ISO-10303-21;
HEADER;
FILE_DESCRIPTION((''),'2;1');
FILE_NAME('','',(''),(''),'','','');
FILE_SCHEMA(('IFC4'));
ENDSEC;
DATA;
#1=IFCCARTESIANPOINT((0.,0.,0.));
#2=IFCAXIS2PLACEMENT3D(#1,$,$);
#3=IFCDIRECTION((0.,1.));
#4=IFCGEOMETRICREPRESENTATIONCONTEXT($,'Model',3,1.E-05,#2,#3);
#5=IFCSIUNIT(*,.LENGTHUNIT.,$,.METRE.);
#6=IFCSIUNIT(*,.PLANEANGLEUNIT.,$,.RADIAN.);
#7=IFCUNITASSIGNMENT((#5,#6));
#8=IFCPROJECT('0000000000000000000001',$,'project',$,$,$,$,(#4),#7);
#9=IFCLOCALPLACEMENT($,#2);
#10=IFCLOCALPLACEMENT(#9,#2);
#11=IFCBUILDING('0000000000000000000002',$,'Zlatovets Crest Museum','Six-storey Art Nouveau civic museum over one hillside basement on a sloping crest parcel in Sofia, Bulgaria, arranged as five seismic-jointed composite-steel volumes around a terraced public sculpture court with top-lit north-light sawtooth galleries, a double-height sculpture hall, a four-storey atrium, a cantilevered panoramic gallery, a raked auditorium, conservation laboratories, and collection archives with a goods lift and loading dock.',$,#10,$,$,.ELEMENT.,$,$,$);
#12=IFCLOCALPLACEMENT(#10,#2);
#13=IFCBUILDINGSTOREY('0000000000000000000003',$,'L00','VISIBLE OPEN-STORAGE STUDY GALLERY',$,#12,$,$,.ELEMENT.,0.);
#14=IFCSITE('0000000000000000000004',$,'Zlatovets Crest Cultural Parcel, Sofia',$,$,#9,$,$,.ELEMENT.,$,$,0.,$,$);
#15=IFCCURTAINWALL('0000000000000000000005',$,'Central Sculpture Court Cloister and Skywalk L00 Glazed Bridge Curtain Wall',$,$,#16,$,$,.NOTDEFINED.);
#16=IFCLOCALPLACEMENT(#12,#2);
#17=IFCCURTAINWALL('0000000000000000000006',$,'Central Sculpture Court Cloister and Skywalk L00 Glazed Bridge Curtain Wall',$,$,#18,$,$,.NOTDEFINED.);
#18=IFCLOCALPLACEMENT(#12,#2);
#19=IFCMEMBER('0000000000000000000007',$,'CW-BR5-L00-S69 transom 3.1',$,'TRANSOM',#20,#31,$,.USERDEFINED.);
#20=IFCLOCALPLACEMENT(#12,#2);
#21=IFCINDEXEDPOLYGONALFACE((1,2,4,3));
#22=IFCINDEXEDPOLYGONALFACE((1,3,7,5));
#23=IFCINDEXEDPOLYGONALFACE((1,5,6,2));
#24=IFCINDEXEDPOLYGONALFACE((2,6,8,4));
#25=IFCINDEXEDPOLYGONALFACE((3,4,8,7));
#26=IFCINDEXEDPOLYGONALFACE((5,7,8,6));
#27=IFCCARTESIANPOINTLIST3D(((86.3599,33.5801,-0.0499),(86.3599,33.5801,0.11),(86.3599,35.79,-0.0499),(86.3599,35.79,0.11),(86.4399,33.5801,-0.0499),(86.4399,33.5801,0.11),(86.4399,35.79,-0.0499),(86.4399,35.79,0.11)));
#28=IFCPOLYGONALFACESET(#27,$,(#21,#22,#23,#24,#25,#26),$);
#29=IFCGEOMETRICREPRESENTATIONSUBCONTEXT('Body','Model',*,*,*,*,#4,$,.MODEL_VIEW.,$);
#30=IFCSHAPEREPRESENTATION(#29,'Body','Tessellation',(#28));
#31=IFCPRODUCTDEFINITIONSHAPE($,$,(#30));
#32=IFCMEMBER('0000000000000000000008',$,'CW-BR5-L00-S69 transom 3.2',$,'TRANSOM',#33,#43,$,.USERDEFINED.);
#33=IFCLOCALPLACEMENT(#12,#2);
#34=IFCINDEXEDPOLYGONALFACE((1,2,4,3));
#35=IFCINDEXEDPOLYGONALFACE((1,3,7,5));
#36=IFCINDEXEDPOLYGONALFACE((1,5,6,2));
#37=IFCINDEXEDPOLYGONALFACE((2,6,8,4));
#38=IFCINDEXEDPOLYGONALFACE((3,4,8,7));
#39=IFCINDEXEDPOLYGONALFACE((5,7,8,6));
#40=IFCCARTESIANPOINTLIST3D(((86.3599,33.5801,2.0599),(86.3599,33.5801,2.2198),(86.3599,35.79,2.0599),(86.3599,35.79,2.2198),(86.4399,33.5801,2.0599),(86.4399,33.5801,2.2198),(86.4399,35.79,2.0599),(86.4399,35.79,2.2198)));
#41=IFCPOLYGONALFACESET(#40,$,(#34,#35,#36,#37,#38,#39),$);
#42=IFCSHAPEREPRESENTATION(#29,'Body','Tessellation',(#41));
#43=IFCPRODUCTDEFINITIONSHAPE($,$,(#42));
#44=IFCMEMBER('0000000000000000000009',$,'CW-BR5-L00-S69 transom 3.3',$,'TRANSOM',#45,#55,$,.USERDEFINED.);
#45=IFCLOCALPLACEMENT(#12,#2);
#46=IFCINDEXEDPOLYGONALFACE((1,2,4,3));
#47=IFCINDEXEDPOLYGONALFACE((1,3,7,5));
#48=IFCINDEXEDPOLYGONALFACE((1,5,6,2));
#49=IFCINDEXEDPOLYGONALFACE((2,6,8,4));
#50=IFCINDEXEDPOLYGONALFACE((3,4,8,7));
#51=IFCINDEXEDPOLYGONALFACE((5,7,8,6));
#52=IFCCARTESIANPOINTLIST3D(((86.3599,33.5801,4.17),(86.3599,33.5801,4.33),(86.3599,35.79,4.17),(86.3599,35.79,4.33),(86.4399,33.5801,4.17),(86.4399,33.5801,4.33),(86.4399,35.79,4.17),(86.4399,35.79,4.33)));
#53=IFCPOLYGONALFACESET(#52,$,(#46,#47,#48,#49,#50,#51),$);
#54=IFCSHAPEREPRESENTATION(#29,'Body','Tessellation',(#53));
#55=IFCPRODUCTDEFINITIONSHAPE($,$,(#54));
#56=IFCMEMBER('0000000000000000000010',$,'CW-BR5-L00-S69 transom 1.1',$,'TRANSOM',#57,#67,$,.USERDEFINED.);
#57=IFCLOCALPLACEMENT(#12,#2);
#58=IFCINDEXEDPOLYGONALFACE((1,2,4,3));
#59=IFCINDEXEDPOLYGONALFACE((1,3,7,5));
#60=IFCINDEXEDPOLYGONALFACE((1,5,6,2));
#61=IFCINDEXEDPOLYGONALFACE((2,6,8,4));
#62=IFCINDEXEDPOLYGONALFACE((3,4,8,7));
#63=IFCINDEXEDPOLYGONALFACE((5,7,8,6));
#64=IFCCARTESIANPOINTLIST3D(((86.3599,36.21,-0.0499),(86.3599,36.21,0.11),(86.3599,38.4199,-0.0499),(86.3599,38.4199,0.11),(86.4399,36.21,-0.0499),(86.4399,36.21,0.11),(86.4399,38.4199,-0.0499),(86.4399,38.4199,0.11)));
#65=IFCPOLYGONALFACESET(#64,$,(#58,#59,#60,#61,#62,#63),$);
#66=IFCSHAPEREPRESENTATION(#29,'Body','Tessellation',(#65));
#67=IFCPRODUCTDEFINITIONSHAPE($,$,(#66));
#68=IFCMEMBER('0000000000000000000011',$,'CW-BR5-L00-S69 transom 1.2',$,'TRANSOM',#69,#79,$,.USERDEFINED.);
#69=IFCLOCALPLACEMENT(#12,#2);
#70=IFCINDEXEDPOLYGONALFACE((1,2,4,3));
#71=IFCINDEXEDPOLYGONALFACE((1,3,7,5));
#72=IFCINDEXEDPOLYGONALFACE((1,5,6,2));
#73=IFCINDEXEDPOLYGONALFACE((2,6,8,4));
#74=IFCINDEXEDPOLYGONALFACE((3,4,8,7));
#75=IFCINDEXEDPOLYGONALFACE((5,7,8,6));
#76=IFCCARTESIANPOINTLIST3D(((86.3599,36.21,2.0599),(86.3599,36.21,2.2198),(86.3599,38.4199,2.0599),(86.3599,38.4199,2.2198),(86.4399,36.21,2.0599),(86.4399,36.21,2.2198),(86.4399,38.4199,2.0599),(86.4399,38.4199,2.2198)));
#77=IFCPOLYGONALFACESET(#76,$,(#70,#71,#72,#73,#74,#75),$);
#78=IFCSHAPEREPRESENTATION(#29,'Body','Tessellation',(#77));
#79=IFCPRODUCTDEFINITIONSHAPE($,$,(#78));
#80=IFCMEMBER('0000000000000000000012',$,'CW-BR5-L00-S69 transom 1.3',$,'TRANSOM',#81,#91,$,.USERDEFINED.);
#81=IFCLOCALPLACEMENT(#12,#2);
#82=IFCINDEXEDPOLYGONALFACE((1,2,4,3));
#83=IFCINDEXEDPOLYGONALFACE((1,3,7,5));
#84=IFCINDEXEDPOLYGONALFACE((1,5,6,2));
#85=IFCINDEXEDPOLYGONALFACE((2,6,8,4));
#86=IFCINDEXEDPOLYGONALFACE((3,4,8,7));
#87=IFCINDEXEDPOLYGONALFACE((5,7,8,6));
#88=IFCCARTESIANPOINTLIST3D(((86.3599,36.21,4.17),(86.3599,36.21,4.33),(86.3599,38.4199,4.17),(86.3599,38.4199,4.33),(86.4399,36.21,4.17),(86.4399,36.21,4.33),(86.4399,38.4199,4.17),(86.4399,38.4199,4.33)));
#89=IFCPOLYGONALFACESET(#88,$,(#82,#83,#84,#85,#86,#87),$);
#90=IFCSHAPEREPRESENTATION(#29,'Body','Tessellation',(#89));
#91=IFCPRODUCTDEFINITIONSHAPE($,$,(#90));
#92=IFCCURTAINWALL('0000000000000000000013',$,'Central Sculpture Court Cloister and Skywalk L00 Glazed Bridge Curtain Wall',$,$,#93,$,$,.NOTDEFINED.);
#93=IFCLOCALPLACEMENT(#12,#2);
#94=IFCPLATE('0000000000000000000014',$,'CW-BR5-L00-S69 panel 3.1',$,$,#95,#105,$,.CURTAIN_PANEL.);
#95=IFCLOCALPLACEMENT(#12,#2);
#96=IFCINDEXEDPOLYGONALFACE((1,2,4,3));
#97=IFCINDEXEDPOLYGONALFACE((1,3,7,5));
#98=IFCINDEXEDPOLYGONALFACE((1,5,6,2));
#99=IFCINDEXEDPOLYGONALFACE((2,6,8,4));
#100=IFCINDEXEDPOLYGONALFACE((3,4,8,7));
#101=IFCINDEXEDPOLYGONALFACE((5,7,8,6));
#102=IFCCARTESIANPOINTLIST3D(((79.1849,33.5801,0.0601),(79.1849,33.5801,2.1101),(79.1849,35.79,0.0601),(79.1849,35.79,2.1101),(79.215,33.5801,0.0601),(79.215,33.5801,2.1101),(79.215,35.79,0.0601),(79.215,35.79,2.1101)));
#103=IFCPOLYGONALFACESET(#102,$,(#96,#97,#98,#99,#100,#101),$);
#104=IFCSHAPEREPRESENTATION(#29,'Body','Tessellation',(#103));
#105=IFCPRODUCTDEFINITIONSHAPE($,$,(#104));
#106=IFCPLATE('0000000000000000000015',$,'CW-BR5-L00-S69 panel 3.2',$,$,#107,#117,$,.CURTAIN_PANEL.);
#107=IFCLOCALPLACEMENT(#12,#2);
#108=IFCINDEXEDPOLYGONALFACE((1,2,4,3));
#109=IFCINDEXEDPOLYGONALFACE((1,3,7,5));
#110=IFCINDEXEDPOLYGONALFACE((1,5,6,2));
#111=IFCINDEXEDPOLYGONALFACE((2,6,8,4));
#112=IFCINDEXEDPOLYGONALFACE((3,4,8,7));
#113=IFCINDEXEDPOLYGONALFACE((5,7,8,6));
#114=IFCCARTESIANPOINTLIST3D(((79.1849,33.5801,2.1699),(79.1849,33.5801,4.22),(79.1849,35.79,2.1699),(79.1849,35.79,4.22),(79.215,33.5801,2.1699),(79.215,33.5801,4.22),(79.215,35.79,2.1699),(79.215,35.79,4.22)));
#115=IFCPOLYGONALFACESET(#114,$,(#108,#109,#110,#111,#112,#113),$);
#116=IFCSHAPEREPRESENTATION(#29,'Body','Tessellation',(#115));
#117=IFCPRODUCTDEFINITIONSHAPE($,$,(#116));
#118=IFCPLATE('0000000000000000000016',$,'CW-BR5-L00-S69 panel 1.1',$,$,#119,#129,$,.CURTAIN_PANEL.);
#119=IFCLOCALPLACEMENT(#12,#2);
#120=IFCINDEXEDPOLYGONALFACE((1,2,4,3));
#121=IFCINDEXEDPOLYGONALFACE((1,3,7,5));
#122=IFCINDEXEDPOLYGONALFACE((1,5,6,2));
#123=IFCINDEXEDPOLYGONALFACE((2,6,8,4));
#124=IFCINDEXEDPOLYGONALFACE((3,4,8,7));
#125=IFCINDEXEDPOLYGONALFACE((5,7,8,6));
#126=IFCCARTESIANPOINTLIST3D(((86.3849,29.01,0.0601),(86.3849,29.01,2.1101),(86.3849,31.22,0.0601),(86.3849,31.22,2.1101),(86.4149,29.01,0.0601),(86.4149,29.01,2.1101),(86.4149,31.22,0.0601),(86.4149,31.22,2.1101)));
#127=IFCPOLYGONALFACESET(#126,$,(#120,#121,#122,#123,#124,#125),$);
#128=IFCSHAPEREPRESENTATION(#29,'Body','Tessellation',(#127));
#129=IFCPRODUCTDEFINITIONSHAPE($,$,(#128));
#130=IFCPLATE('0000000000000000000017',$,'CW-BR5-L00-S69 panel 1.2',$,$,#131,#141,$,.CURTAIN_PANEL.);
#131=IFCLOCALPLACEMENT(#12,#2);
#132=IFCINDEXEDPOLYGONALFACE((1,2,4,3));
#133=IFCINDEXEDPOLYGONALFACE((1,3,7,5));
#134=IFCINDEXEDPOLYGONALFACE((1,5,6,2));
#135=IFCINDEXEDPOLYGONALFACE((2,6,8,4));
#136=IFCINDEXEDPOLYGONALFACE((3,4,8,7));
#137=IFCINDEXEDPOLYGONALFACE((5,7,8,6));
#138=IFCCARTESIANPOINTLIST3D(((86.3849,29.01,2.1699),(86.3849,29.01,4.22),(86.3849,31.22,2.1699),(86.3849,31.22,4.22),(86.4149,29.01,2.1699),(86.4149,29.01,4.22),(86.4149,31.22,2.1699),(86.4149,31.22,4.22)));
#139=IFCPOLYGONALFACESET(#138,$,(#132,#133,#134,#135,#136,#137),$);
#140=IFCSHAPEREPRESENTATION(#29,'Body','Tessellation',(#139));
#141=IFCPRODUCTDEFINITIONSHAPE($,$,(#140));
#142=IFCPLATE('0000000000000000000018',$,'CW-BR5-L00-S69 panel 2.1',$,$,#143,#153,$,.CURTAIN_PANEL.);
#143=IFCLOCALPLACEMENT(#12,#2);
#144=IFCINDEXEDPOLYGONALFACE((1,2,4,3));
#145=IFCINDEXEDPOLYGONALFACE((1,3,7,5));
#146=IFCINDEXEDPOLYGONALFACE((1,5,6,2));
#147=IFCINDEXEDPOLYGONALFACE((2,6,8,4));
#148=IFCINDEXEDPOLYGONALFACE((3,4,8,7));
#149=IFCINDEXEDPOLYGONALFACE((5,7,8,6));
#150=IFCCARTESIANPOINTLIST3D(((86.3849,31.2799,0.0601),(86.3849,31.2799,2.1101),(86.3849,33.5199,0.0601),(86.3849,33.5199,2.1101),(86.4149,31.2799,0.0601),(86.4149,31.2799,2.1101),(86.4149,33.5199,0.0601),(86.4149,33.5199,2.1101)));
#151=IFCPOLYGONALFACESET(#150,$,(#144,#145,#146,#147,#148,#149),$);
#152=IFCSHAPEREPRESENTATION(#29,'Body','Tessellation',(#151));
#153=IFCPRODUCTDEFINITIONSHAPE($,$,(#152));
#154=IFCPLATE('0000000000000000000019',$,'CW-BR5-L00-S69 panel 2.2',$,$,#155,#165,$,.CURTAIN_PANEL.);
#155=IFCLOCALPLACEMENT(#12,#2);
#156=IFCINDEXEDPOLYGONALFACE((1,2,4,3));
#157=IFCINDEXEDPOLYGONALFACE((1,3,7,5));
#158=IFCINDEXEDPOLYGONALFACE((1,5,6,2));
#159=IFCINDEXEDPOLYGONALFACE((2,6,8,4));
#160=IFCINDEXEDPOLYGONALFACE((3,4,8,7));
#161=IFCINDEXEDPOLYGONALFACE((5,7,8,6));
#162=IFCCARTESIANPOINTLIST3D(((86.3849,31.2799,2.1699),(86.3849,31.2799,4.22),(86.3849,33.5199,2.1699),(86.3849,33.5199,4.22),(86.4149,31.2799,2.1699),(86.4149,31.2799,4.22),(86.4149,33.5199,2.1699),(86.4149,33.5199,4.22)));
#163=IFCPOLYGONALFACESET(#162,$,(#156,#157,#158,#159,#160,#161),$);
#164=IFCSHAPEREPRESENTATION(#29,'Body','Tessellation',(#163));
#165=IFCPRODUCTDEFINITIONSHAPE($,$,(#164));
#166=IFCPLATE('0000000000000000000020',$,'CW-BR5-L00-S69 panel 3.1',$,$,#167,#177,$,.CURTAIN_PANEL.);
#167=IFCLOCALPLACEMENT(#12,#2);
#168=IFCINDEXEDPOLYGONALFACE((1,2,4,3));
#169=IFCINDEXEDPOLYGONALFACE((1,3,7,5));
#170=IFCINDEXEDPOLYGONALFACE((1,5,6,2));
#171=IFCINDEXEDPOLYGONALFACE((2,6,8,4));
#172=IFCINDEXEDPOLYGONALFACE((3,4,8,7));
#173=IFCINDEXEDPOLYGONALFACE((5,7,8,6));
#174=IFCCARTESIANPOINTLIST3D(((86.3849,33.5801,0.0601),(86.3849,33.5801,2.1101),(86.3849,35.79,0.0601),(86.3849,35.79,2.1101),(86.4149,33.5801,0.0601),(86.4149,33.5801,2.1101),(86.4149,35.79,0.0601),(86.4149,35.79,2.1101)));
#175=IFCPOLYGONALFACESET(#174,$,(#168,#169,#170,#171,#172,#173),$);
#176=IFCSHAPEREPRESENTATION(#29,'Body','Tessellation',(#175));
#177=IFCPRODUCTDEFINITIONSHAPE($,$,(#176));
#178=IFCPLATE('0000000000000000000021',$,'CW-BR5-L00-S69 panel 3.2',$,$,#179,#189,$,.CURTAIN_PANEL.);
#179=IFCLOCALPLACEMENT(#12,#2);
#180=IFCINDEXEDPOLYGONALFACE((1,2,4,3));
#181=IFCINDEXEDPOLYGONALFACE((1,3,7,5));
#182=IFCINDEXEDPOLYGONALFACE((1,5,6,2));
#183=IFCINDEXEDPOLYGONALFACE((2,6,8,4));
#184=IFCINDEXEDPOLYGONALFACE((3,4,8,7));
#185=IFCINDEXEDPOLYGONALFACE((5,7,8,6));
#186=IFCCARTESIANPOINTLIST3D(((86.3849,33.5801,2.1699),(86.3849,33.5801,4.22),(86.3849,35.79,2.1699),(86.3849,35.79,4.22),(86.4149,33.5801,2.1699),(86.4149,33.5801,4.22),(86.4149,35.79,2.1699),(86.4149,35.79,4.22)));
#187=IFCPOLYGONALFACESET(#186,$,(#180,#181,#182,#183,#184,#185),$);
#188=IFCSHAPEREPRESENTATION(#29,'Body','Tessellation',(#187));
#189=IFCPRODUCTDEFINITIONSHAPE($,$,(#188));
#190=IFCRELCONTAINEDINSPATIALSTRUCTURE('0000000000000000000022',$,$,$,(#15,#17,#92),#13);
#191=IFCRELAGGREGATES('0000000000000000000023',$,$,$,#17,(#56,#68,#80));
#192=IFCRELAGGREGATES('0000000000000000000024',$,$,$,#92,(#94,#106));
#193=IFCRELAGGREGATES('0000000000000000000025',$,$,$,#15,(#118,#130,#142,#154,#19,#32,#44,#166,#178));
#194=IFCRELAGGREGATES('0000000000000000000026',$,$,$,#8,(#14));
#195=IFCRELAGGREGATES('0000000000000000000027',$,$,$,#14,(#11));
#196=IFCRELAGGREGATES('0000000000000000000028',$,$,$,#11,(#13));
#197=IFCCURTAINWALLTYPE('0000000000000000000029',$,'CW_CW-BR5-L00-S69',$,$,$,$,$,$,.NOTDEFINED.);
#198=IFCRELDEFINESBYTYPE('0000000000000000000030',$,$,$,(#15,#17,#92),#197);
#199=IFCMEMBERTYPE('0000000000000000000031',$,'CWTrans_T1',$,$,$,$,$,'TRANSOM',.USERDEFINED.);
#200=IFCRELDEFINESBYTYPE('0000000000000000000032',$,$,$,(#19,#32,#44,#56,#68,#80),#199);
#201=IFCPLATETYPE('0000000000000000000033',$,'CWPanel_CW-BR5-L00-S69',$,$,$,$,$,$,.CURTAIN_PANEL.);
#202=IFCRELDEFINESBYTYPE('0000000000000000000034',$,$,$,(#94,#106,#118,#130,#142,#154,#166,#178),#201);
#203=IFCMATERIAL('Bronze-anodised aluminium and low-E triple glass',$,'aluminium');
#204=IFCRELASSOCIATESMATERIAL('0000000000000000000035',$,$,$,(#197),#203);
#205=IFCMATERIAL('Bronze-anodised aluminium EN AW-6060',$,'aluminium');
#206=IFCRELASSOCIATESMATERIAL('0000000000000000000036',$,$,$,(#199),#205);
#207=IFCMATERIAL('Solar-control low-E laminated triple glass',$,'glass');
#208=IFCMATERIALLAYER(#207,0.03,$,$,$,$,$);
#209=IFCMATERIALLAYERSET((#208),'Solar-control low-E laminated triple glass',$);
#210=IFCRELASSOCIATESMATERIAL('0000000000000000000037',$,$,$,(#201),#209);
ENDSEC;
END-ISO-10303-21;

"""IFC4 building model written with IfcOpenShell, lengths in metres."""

from ifc_helpers import new_model, si_unit, direction, frame, origin, origin_2d, place, context, subcontext, project, spatial, rectangle, extrude, material, layer, layer_set, material_profile, profile_set, type_object, element, aggregate, save


model = new_model("IFC4")

# Units and contexts
model_context = context("Model", 3, precision=1e-05, world=origin(), true_north=direction((0.0, 1.0)))
body_context = subcontext(model_context, "Body", "Model", "MODEL_VIEW")
ifc_project = project(units=[si_unit("LENGTHUNIT", "METRE"), si_unit("PLANEANGLEUNIT", "RADIAN")], contexts=[model_context])

# Site, building, storey
site_placement = place(None, origin())
site = spatial("IfcSite", under=ifc_project, at=site_placement, Name="Zlatovets Crest Cultural Parcel, Sofia", CompositionType="ELEMENT", RefElevation=0.0)
building_placement = place(site_placement, origin())
building = spatial("IfcBuilding", under=site, at=building_placement, Name="Zlatovets Crest Museum", Description="Six-storey Art Nouveau civic museum over one hillside basement on a sloping crest parcel in Sofia, Bulgaria, arranged as five seismic-jointed composite-steel volumes around a terraced public sculpture court with top-lit north-light sawtooth galleries, a double-height sculpture hall, a four-storey atrium, a cantilevered panoramic gallery, a raked auditorium, conservation laboratories, and collection archives with a goods lift and loading dock.", CompositionType="ELEMENT")
storey_placement = place(building_placement, origin())
storey = spatial("IfcBuildingStorey", under=building, at=storey_placement, Name="L00", Description="VISIBLE OPEN-STORAGE STUDY GALLERY", CompositionType="ELEMENT", Elevation=0.0)

# Shared definitions
ifc_material_1 = material(Name="Bronze-anodised aluminium and low-E triple glass", Category="aluminium")
curtain_wall_type = type_object("IfcCurtainWallType", Name="CW_CW-BR5-L00-S69", PredefinedType="NOTDEFINED", material=ifc_material_1)
ifc_material_2 = material(Name="Bronze-anodised aluminium EN AW-6060", Category="aluminium")

# Curtain wall
curtain_wall_1_placement = place(storey_placement, origin())
curtain_wall_1 = element("IfcCurtainWall", 1, at=curtain_wall_1_placement, inside=storey, type_object=curtain_wall_type, Name="Central Sculpture Court Cloister and Skywalk L00 Glazed Bridge Curtain Wall", PredefinedType="NOTDEFINED")

# Curtain wall
curtain_wall_2_placement = place(storey_placement, origin())
curtain_wall_2 = element("IfcCurtainWall", 2, at=curtain_wall_2_placement, inside=storey, type_object=curtain_wall_type, Name="Central Sculpture Court Cloister and Skywalk L00 Glazed Bridge Curtain Wall", PredefinedType="NOTDEFINED")

# Members
ifc_material_profile_1 = material_profile(ifc_material_2, rectangle(XDim=0.0801, YDim=0.1599, at=origin_2d()), Name="ALU 80x160")
ifc_profile_set_1 = profile_set([ifc_material_profile_1], Name="Bronze-anodised aluminium EN AW-6060")
member_type_1 = type_object("IfcMemberType", Name="CWTrans_T1", ElementType="TRANSOM", PredefinedType="USERDEFINED", material=ifc_profile_set_1)
member_1_placement = place(storey_placement, frame((86.3999, 33.5801, 0.03), z_axis=(0.0, 1.0, 0.0), x_axis=(-1.0, 0.0, 0.0)))
member_1 = element("IfcMember", 3, at=member_1_placement, type_object=member_type_1, Name="CW-BR5-L00-S69 transom 3.1", ObjectType="TRANSOM", PredefinedType="USERDEFINED", context=body_context, shape_type="SweptSolid", body=[
    extrude(rectangle(XDim=0.0801, YDim=0.1599, at=origin_2d()), origin(), (0.0, 0.0, 1.0), 2.21),
])
member_2_placement = place(storey_placement, frame((86.3999, 33.5801, 2.1399), z_axis=(0.0, 1.0, 0.0), x_axis=(-1.0, 0.0, 0.0)))
member_2 = element("IfcMember", 4, at=member_2_placement, type_object=member_type_1, Name="CW-BR5-L00-S69 transom 3.2", ObjectType="TRANSOM", PredefinedType="USERDEFINED", context=body_context, shape_type="SweptSolid", body=[
    extrude(rectangle(XDim=0.0801, YDim=0.1599, at=origin_2d()), origin(), (0.0, 0.0, 1.0), 2.21),
])
member_3_placement = place(storey_placement, frame((86.3999, 33.5801, 4.25), z_axis=(0.0, 1.0, 0.0), x_axis=(-1.0, 0.0, 0.0)))
member_3 = element("IfcMember", 5, at=member_3_placement, type_object=member_type_1, Name="CW-BR5-L00-S69 transom 3.3", ObjectType="TRANSOM", PredefinedType="USERDEFINED", context=body_context, shape_type="SweptSolid", body=[
    extrude(rectangle(XDim=0.0801, YDim=0.1599, at=origin_2d()), origin(), (0.0, 0.0, 1.0), 2.21),
])
member_4_placement = place(storey_placement, frame((86.3999, 36.21, 0.03), z_axis=(0.0, 1.0, 0.0), x_axis=(-1.0, 0.0, 0.0)))
member_4 = element("IfcMember", 6, at=member_4_placement, type_object=member_type_1, Name="CW-BR5-L00-S69 transom 1.1", ObjectType="TRANSOM", PredefinedType="USERDEFINED", context=body_context, shape_type="SweptSolid", body=[
    extrude(rectangle(XDim=0.0801, YDim=0.1599, at=origin_2d()), origin(), (0.0, 0.0, 1.0), 2.21),
])
member_5_placement = place(storey_placement, frame((86.3999, 36.21, 2.1399), z_axis=(0.0, 1.0, 0.0), x_axis=(-1.0, 0.0, 0.0)))
member_5 = element("IfcMember", 7, at=member_5_placement, type_object=member_type_1, Name="CW-BR5-L00-S69 transom 1.2", ObjectType="TRANSOM", PredefinedType="USERDEFINED", context=body_context, shape_type="SweptSolid", body=[
    extrude(rectangle(XDim=0.0801, YDim=0.1599, at=origin_2d()), origin(), (0.0, 0.0, 1.0), 2.21),
])
member_6_placement = place(storey_placement, frame((86.3999, 36.21, 4.25), z_axis=(0.0, 1.0, 0.0), x_axis=(-1.0, 0.0, 0.0)))
member_6 = element("IfcMember", 8, at=member_6_placement, type_object=member_type_1, Name="CW-BR5-L00-S69 transom 1.3", ObjectType="TRANSOM", PredefinedType="USERDEFINED", context=body_context, shape_type="SweptSolid", body=[
    extrude(rectangle(XDim=0.0801, YDim=0.1599, at=origin_2d()), origin(), (0.0, 0.0, 1.0), 2.21),
])
aggregate(curtain_wall_2, [member_4, member_5, member_6])

# Curtain wall, plates
curtain_wall_3_placement = place(storey_placement, origin())
curtain_wall_3 = element("IfcCurtainWall", 9, at=curtain_wall_3_placement, inside=storey, type_object=curtain_wall_type, Name="Central Sculpture Court Cloister and Skywalk L00 Glazed Bridge Curtain Wall", PredefinedType="NOTDEFINED")
ifc_material_3 = material(Name="Solar-control low-E laminated triple glass", Category="glass")
ifc_layer_1 = layer(ifc_material_3, 0.03)
ifc_layer_set_1 = layer_set([ifc_layer_1], Name="Solar-control low-E laminated triple glass")
plate_type = type_object("IfcPlateType", Name="CWPanel_CW-BR5-L00-S69", PredefinedType="CURTAIN_PANEL", material=ifc_layer_set_1)
plate_1_placement = place(storey_placement, frame((79.2, 34.6851, 0.0601), z_axis=(0.0, 0.0, 1.0), x_axis=(0.0, 1.0, 0.0)))
plate_1 = element("IfcPlate", 10, at=plate_1_placement, type_object=plate_type, Name="CW-BR5-L00-S69 panel 3.1", PredefinedType="CURTAIN_PANEL", context=body_context, shape_type="SweptSolid", body=[
    extrude(rectangle(XDim=2.21, YDim=0.03, at=origin_2d()), origin(), (0.0, 0.0, 1.0), 2.05),
])
plate_2_placement = place(storey_placement, frame((79.2, 34.6851, 2.1699), z_axis=(0.0, 0.0, 1.0), x_axis=(0.0, 1.0, 0.0)))
plate_2 = element("IfcPlate", 11, at=plate_2_placement, type_object=plate_type, Name="CW-BR5-L00-S69 panel 3.2", PredefinedType="CURTAIN_PANEL", context=body_context, shape_type="SweptSolid", body=[
    extrude(rectangle(XDim=2.21, YDim=0.03, at=origin_2d()), origin(), (0.0, 0.0, 1.0), 2.05),
])
aggregate(curtain_wall_3, [plate_1, plate_2])

# Plates
plate_3_placement = place(storey_placement, frame((86.3999, 30.115, 0.0601), z_axis=(0.0, 0.0, 1.0), x_axis=(0.0, 1.0, 0.0)))
plate_3 = element("IfcPlate", 12, at=plate_3_placement, type_object=plate_type, Name="CW-BR5-L00-S69 panel 1.1", PredefinedType="CURTAIN_PANEL", context=body_context, shape_type="SweptSolid", body=[
    extrude(rectangle(XDim=2.21, YDim=0.03, at=origin_2d()), origin(), (0.0, 0.0, 1.0), 2.05),
])
plate_4_placement = place(storey_placement, frame((86.3999, 30.115, 2.1699), z_axis=(0.0, 0.0, 1.0), x_axis=(0.0, 1.0, 0.0)))
plate_4 = element("IfcPlate", 13, at=plate_4_placement, type_object=plate_type, Name="CW-BR5-L00-S69 panel 1.2", PredefinedType="CURTAIN_PANEL", context=body_context, shape_type="SweptSolid", body=[
    extrude(rectangle(XDim=2.21, YDim=0.03, at=origin_2d()), origin(), (0.0, 0.0, 1.0), 2.05),
])
plate_5_placement = place(storey_placement, frame((86.3999, 32.3999, 0.0601), z_axis=(0.0, 0.0, 1.0), x_axis=(0.0, 1.0, 0.0)))
plate_5 = element("IfcPlate", 14, at=plate_5_placement, type_object=plate_type, Name="CW-BR5-L00-S69 panel 2.1", PredefinedType="CURTAIN_PANEL", context=body_context, shape_type="SweptSolid", body=[
    extrude(rectangle(XDim=2.24, YDim=0.03, at=origin_2d()), origin(), (0.0, 0.0, 1.0), 2.05),
])
plate_6_placement = place(storey_placement, frame((86.3999, 32.3999, 2.1699), z_axis=(0.0, 0.0, 1.0), x_axis=(0.0, 1.0, 0.0)))
plate_6 = element("IfcPlate", 15, at=plate_6_placement, type_object=plate_type, Name="CW-BR5-L00-S69 panel 2.2", PredefinedType="CURTAIN_PANEL", context=body_context, shape_type="SweptSolid", body=[
    extrude(rectangle(XDim=2.24, YDim=0.03, at=origin_2d()), origin(), (0.0, 0.0, 1.0), 2.05),
])
plate_7_placement = place(storey_placement, frame((86.3999, 34.6851, 0.0601), z_axis=(0.0, 0.0, 1.0), x_axis=(0.0, 1.0, 0.0)))
plate_7 = element("IfcPlate", 16, at=plate_7_placement, type_object=plate_type, Name="CW-BR5-L00-S69 panel 3.1", PredefinedType="CURTAIN_PANEL", context=body_context, shape_type="SweptSolid", body=[
    extrude(rectangle(XDim=2.21, YDim=0.03, at=origin_2d()), origin(), (0.0, 0.0, 1.0), 2.05),
])
plate_8_placement = place(storey_placement, frame((86.3999, 34.6851, 2.1699), z_axis=(0.0, 0.0, 1.0), x_axis=(0.0, 1.0, 0.0)))
plate_8 = element("IfcPlate", 17, at=plate_8_placement, type_object=plate_type, Name="CW-BR5-L00-S69 panel 3.2", PredefinedType="CURTAIN_PANEL", context=body_context, shape_type="SweptSolid", body=[
    extrude(rectangle(XDim=2.21, YDim=0.03, at=origin_2d()), origin(), (0.0, 0.0, 1.0), 2.05),
])
aggregate(curtain_wall_1, [plate_3, plate_4, plate_5, plate_6, member_1, member_2, member_3, plate_7, plate_8])

save(model, "model.ifc")
